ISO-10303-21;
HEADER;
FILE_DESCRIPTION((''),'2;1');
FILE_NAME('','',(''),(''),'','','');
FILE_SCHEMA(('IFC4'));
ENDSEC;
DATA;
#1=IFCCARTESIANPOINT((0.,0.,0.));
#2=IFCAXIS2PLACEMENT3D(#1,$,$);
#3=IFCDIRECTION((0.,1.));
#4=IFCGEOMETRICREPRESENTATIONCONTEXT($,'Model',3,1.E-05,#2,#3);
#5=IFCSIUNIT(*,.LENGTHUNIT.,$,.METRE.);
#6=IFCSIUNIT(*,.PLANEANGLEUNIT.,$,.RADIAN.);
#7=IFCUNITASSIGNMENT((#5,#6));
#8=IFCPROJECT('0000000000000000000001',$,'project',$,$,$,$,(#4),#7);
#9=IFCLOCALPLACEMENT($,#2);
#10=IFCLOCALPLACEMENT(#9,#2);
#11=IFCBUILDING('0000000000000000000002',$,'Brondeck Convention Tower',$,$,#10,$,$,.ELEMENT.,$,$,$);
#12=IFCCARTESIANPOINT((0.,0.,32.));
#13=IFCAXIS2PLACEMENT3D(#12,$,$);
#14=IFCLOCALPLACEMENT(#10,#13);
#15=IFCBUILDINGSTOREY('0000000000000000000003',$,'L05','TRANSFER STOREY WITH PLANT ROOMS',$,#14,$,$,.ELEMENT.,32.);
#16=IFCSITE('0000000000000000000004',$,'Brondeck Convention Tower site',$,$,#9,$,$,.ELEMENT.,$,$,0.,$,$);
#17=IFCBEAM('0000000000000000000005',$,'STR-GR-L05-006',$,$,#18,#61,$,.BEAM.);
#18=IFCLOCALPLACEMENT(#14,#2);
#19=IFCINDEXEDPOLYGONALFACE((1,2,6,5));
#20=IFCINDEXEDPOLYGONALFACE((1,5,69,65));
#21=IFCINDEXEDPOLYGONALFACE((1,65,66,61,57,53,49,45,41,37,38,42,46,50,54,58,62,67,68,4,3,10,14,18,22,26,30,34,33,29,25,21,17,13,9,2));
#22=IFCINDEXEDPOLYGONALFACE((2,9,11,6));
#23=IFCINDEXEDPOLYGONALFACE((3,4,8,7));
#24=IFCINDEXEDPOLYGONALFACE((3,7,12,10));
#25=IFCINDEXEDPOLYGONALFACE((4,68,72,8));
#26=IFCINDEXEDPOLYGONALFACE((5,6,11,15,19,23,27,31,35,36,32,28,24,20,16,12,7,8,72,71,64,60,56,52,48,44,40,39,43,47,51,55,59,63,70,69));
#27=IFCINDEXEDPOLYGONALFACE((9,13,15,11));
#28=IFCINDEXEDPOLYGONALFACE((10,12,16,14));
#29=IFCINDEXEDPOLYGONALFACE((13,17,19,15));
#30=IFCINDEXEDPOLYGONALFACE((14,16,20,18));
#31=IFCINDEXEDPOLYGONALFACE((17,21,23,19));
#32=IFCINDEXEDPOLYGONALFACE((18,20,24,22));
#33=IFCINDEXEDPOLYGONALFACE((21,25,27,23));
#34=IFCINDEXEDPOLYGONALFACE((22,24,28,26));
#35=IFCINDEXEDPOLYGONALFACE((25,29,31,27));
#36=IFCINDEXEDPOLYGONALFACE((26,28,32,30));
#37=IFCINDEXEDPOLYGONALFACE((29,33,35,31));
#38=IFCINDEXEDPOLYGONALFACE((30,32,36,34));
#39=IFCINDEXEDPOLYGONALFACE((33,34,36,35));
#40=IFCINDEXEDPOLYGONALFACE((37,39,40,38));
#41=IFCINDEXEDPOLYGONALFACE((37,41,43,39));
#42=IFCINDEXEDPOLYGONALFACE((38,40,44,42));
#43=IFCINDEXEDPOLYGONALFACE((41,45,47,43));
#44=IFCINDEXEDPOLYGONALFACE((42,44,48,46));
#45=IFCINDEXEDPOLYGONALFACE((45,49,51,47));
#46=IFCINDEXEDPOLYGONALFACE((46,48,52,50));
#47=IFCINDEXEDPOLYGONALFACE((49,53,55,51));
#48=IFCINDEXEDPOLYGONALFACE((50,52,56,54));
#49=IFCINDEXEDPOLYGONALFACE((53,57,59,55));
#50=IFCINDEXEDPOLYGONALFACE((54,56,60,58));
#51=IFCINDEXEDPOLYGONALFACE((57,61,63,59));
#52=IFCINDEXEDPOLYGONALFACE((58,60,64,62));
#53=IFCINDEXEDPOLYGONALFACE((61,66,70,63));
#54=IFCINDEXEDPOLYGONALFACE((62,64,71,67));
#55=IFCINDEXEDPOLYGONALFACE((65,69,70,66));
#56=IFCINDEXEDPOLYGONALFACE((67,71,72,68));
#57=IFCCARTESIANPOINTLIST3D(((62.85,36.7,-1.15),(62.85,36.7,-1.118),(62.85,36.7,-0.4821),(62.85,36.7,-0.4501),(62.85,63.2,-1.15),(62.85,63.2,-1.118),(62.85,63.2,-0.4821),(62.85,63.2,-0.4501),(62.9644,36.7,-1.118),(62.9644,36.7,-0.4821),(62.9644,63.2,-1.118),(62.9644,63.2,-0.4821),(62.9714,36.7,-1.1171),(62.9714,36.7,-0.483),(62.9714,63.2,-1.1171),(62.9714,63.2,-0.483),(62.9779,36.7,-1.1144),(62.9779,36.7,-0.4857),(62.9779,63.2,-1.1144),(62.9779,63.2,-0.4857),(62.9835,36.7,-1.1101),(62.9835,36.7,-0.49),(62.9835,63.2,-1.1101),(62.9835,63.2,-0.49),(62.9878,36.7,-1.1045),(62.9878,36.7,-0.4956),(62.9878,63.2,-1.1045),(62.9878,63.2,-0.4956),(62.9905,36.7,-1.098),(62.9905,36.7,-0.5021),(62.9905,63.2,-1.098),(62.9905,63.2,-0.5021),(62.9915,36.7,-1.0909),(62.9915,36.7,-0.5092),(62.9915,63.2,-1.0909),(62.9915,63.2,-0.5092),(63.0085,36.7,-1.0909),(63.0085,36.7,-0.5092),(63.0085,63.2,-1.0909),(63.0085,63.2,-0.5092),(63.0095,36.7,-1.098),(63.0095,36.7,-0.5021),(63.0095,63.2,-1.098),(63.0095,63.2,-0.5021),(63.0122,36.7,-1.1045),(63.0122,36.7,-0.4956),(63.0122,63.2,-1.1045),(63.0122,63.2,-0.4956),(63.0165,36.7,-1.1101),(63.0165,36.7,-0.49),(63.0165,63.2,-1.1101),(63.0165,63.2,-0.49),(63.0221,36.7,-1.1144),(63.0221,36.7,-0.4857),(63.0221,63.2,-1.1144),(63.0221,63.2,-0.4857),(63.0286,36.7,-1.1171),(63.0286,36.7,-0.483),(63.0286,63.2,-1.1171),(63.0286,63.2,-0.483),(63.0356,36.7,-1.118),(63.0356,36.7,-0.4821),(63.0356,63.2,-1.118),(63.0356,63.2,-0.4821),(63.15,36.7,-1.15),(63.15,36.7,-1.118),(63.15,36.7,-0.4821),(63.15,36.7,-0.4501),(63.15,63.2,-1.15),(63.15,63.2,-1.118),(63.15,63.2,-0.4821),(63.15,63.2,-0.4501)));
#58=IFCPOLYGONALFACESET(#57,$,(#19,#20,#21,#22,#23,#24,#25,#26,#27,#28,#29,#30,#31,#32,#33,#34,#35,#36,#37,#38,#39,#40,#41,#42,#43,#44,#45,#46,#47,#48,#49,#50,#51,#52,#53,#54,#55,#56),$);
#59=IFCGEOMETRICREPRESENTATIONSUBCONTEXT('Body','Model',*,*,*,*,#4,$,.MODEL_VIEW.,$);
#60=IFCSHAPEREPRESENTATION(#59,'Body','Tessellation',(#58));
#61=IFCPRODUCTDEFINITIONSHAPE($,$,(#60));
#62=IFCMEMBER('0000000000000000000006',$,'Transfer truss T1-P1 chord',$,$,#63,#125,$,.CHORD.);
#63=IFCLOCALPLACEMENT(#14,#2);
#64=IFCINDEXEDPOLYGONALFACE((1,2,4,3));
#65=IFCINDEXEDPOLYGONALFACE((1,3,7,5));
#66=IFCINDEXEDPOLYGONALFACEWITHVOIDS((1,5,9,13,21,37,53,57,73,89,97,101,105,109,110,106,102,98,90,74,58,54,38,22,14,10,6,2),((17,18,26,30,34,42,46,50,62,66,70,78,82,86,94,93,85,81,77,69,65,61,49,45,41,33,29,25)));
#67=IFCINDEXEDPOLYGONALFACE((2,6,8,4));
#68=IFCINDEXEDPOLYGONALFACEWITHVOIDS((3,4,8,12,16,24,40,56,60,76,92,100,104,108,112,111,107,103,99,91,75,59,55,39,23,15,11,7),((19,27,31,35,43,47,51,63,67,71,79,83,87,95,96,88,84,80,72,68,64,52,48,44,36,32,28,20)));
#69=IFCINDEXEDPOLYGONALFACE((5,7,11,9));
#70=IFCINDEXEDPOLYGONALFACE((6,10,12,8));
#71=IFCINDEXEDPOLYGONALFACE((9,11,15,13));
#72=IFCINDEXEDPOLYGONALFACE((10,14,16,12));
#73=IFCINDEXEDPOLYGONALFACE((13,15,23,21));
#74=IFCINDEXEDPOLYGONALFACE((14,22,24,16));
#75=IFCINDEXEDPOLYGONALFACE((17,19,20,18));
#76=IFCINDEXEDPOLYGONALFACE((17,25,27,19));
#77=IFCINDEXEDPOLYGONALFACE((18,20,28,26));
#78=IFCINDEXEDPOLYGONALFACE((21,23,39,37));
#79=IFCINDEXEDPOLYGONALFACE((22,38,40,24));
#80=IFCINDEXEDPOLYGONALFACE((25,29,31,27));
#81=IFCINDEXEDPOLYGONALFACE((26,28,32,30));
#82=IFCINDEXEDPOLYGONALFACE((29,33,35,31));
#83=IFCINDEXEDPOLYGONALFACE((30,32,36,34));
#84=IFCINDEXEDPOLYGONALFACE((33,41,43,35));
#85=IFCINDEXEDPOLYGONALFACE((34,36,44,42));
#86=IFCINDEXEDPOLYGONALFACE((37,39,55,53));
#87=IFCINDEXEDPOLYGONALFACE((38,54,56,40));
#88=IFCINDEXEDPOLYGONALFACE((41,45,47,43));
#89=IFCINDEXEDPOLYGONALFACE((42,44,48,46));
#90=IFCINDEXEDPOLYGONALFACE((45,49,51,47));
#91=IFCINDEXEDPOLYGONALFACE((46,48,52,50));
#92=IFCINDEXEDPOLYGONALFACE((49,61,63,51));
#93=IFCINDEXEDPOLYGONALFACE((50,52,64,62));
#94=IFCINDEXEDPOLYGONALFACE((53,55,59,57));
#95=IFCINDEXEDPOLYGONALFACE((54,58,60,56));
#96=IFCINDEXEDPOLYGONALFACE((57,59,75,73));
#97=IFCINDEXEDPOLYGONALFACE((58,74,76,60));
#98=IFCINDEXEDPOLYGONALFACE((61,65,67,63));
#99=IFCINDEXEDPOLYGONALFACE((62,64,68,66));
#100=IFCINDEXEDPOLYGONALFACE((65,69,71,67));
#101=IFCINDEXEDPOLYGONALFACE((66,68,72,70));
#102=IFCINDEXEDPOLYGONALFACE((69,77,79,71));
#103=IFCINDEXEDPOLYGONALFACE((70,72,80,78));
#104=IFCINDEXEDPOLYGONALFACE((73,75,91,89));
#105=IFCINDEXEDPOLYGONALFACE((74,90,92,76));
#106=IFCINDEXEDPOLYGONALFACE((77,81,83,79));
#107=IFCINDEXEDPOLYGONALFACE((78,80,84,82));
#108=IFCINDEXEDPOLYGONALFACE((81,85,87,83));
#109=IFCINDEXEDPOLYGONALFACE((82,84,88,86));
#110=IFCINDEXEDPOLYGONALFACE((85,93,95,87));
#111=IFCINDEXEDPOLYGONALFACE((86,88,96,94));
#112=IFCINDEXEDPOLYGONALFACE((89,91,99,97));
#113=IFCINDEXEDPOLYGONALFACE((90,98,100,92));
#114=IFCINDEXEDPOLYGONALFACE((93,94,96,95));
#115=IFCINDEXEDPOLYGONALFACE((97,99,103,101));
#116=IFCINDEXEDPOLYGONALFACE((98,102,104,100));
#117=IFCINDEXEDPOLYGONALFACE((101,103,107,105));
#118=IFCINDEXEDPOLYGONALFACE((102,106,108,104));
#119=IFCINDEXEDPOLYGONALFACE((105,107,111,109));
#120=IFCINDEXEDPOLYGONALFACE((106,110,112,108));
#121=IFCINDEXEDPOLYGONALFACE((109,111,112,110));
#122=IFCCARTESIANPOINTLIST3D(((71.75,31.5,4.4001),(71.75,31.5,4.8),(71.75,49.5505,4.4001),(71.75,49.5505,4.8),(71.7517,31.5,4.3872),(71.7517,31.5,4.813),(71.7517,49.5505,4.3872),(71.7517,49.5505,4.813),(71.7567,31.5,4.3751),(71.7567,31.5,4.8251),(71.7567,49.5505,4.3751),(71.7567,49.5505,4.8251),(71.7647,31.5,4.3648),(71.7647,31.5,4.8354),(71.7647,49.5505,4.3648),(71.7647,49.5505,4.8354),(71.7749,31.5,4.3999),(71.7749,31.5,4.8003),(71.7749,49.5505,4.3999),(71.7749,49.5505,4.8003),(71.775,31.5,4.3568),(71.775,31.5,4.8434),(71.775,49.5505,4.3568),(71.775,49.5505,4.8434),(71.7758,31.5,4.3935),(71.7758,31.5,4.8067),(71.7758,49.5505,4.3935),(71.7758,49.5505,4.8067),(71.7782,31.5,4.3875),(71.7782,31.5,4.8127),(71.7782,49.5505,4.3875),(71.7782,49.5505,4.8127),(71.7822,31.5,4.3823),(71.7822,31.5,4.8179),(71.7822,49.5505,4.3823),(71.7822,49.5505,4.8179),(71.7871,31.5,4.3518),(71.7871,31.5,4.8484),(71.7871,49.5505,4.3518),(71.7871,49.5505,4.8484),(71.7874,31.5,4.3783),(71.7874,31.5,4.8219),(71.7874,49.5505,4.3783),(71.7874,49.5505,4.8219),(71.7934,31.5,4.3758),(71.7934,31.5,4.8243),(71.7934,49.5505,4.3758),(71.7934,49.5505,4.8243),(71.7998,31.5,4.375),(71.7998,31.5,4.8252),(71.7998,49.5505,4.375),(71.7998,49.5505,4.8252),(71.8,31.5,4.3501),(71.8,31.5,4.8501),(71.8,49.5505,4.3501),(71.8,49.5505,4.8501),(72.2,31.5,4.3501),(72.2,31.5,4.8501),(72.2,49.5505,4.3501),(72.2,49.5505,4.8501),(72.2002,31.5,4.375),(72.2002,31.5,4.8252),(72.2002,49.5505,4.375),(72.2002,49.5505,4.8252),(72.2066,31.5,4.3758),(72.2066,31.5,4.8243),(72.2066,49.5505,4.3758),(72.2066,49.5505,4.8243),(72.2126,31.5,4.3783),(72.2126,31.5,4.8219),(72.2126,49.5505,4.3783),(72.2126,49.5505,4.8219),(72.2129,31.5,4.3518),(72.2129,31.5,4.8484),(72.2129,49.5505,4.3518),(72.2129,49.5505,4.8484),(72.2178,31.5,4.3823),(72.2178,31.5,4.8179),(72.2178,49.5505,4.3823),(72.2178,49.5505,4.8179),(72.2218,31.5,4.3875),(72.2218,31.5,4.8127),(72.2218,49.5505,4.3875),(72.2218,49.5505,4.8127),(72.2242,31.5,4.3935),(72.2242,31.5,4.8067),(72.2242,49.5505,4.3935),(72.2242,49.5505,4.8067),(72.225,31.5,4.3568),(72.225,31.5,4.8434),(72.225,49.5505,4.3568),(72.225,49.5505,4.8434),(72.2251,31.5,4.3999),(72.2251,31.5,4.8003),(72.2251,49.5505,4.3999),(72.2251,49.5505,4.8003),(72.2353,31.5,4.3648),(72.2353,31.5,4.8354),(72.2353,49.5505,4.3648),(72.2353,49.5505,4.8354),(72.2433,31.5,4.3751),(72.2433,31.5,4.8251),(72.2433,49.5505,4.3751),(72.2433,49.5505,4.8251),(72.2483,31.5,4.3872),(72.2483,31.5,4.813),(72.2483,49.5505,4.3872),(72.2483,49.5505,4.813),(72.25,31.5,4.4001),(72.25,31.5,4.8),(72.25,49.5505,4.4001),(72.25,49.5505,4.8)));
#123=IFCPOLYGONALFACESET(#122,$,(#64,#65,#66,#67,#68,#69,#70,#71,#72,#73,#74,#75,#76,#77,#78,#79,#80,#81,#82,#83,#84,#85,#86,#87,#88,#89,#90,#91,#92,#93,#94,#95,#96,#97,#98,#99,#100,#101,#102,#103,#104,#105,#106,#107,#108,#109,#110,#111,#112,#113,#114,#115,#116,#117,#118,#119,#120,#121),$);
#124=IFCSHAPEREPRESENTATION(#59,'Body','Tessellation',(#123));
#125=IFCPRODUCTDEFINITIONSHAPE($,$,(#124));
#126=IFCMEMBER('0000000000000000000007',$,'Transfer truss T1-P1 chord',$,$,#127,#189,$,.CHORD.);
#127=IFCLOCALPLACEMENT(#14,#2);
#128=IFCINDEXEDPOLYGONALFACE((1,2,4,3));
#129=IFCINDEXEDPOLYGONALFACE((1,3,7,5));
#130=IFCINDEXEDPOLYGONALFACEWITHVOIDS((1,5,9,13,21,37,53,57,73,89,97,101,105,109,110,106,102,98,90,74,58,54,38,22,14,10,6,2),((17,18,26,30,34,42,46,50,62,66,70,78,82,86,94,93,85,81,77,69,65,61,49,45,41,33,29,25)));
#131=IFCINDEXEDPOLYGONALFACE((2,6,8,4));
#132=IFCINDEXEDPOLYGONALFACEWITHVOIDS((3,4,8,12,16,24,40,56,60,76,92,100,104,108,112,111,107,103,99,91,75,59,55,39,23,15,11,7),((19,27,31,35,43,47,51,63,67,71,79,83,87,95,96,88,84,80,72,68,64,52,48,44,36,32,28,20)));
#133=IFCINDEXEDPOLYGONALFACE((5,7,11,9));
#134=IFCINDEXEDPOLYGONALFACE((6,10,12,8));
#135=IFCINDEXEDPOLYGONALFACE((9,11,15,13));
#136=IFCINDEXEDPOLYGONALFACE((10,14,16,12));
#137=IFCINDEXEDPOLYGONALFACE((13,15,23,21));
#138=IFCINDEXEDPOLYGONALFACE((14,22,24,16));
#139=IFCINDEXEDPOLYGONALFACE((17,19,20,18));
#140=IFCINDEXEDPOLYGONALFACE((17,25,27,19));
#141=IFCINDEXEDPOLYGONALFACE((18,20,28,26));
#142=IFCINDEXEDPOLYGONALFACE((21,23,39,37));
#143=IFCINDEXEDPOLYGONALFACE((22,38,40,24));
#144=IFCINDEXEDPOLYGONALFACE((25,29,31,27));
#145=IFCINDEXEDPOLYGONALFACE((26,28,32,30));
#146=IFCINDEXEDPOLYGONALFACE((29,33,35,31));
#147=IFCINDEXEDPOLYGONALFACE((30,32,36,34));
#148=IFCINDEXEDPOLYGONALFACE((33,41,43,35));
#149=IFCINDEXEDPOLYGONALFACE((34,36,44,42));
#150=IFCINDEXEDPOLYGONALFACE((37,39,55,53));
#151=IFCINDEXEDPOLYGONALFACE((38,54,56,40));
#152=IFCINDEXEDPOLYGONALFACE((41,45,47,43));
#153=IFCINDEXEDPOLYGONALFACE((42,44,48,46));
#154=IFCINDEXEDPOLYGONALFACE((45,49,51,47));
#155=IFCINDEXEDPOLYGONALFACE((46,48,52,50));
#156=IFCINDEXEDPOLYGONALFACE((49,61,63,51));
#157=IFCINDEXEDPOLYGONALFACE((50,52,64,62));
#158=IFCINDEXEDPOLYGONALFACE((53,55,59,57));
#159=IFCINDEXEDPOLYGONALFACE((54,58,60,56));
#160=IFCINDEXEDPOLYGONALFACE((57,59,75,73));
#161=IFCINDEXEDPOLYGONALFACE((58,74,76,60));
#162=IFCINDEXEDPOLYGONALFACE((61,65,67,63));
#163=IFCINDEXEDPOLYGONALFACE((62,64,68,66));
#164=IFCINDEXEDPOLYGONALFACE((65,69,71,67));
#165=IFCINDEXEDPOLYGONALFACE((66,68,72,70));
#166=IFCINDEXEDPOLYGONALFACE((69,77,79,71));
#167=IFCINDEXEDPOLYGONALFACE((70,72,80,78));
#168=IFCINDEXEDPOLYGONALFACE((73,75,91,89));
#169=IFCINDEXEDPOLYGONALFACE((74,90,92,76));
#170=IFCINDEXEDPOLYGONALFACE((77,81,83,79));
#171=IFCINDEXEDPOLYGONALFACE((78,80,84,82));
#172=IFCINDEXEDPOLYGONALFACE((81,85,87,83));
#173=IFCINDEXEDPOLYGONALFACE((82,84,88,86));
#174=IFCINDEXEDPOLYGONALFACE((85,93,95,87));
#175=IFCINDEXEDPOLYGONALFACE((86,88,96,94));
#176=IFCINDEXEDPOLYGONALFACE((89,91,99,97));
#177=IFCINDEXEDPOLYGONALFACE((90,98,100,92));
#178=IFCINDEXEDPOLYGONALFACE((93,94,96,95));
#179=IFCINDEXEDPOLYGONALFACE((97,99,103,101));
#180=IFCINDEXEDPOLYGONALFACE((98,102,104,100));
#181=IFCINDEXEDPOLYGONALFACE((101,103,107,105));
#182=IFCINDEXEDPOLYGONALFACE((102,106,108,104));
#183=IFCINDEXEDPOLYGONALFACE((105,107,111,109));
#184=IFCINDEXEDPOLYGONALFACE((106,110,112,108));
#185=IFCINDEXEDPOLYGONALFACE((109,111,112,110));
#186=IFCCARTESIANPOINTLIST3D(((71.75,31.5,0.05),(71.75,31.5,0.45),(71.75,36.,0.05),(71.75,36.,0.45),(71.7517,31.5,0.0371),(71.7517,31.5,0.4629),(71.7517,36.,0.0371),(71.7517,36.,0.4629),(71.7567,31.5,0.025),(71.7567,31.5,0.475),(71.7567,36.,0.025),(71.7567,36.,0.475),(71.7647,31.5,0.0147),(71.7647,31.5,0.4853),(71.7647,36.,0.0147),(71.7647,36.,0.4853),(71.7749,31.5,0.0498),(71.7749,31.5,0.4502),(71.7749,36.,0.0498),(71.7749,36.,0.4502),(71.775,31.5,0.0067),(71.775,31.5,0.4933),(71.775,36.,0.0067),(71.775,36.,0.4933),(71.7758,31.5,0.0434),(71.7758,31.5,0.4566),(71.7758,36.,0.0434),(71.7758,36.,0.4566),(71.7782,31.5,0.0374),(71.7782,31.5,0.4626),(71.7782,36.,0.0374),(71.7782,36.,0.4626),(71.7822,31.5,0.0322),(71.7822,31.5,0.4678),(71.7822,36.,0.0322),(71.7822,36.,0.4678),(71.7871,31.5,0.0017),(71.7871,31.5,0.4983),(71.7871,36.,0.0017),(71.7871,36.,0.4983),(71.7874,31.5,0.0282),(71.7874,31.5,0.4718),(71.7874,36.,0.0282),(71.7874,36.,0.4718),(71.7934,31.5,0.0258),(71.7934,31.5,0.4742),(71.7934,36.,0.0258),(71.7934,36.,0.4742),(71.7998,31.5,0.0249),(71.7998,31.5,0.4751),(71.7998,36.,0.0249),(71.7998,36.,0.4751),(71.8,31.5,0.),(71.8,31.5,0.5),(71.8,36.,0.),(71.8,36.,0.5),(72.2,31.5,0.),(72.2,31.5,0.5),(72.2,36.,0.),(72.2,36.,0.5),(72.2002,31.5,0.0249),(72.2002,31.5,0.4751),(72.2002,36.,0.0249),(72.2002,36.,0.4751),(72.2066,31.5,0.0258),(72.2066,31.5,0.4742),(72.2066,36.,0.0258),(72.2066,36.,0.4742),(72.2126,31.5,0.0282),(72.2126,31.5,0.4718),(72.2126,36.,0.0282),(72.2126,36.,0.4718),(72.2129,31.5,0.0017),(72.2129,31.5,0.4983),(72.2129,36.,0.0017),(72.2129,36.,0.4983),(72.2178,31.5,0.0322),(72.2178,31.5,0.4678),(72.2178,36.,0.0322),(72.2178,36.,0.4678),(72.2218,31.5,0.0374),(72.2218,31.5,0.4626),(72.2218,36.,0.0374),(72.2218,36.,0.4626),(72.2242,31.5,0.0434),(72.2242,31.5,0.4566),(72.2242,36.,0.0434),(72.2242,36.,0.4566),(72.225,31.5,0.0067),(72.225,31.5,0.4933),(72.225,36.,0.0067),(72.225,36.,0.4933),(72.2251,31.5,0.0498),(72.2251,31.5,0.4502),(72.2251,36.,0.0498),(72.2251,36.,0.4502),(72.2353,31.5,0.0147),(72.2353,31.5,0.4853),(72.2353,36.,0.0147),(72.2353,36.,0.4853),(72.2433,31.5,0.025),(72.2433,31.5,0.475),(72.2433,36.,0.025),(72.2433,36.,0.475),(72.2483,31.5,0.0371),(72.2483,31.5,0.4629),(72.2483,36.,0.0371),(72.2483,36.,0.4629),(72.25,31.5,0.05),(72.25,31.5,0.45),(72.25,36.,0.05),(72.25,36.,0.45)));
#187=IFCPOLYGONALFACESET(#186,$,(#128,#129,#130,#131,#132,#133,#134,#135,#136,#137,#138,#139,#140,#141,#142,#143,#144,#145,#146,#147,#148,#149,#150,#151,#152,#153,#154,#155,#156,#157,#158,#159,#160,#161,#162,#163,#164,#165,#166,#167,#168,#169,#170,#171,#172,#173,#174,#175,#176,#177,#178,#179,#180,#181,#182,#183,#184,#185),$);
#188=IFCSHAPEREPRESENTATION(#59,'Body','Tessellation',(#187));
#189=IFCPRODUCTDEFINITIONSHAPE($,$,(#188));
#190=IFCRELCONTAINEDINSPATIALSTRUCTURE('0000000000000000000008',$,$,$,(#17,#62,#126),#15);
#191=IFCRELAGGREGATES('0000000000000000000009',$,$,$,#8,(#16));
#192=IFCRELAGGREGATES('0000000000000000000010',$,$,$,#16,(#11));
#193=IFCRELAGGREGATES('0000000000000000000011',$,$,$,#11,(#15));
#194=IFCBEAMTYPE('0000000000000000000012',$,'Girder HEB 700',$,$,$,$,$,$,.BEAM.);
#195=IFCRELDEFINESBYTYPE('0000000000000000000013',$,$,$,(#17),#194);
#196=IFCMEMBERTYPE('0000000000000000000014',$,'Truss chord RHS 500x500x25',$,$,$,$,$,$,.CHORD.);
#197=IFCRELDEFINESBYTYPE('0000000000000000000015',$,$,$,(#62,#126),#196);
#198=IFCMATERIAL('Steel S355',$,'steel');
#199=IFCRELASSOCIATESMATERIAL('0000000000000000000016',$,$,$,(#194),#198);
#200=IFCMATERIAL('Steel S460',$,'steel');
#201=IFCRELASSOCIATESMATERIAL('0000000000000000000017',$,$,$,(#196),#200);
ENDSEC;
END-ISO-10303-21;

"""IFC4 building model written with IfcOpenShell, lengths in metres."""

from ifc_helpers import new_model, si_unit, direction, frame, origin, origin_2d, place, context, subcontext, project, spatial, hollow_rectangle, i_section, extrude, material, material_profile, profile_set, type_object, element, save


model = new_model("IFC4")

# Units and contexts
model_context = context("Model", 3, precision=1e-05, world=origin(), true_north=direction((0.0, 1.0)))
body_context = subcontext(model_context, "Body", "Model", "MODEL_VIEW")
ifc_project = project(units=[si_unit("LENGTHUNIT", "METRE"), si_unit("PLANEANGLEUNIT", "RADIAN")], contexts=[model_context])

# Site, building, storey
site_placement = place(None, origin())
site = spatial("IfcSite", under=ifc_project, at=site_placement, Name="Brondeck Convention Tower site", CompositionType="ELEMENT", RefElevation=0.0)
building_placement = place(site_placement, origin())
building = spatial("IfcBuilding", under=site, at=building_placement, Name="Brondeck Convention Tower", CompositionType="ELEMENT")
storey_placement = place(building_placement, frame((0.0, 0.0, 32.0)))
storey = spatial("IfcBuildingStorey", under=building, at=storey_placement, Name="L05", Description="TRANSFER STOREY WITH PLANT ROOMS", CompositionType="ELEMENT", Elevation=32.0)

# Shared definitions
ifc_material_1 = material(Name="Steel S460", Category="steel")

# Beam
ifc_material_2 = material(Name="Steel S355", Category="steel")
ifc_material_profile_1 = material_profile(ifc_material_2, i_section(OverallWidth=0.3, OverallDepth=0.7, WebThickness=0.0171, FlangeThickness=0.032, FilletRadius=0.0271, at=origin_2d()), Name="HEB 700")
ifc_profile_set_1 = profile_set([ifc_material_profile_1], Name="Steel S355")
beam_type_1 = type_object("IfcBeamType", Name="Girder HEB 700", PredefinedType="BEAM", material=ifc_profile_set_1)
beam_placement = place(storey_placement, frame((63.0, 36.7, -0.8), z_axis=(0.0, 1.0, 0.0), x_axis=(-1.0, 0.0, 0.0)))
element("IfcBeam", 1, at=beam_placement, inside=storey, type_object=beam_type_1, Name="STR-GR-L05-006", PredefinedType="BEAM", context=body_context, shape_type="SweptSolid", body=[
    extrude(i_section(OverallWidth=0.3, OverallDepth=0.7, WebThickness=0.0171, FlangeThickness=0.032, FilletRadius=0.0271, at=origin_2d()), origin(), (0.0, 0.0, 1.0), 26.5),
])

# Members
ifc_material_profile_2 = material_profile(ifc_material_1, hollow_rectangle(XDim=0.5, YDim=0.5, WallThickness=0.0249, InnerFilletRadius=0.0249, OuterFilletRadius=0.05, at=origin_2d()), Name="RHS 500x500x25")
ifc_profile_set_2 = profile_set([ifc_material_profile_2], Name="Steel S460")
member_type_1 = type_object("IfcMemberType", Name="Truss chord RHS 500x500x25", PredefinedType="CHORD", material=ifc_profile_set_2)
member_placement = place(storey_placement, frame((72.0, 31.5, 4.6001), z_axis=(0.0, 1.0, 0.0), x_axis=(-1.0, 0.0, 0.0)))
element("IfcMember", 2, at=member_placement, inside=storey, type_object=member_type_1, Name="Transfer truss T1-P1 chord", PredefinedType="CHORD", context=body_context, shape_type="SweptSolid", body=[
    extrude(hollow_rectangle(XDim=0.5, YDim=0.5, WallThickness=0.0249, InnerFilletRadius=0.0249, OuterFilletRadius=0.05, at=origin_2d()), origin(), (0.0, 0.0, 1.0), 18.0505),
])
for number, where, z_axis, x_axis, name in (
    (3, (72.0, 31.5, 0.25), (0.0, 1.0, 0.0), (-1.0, 0.0, 0.0), "Transfer truss T1-P1 chord"),
):
    element("IfcMember", number, at=place(storey_placement, frame(where, z_axis=z_axis, x_axis=x_axis)), inside=storey, type_object=member_type_1, Name=name, PredefinedType="CHORD", context=body_context, shape_type="SweptSolid", body=[
        extrude(hollow_rectangle(XDim=0.5, YDim=0.5, WallThickness=0.0249, InnerFilletRadius=0.0249, OuterFilletRadius=0.05, at=origin_2d()), origin(), (0.0, 0.0, 1.0), 4.5),
    ])

save(model, "model.ifc")
